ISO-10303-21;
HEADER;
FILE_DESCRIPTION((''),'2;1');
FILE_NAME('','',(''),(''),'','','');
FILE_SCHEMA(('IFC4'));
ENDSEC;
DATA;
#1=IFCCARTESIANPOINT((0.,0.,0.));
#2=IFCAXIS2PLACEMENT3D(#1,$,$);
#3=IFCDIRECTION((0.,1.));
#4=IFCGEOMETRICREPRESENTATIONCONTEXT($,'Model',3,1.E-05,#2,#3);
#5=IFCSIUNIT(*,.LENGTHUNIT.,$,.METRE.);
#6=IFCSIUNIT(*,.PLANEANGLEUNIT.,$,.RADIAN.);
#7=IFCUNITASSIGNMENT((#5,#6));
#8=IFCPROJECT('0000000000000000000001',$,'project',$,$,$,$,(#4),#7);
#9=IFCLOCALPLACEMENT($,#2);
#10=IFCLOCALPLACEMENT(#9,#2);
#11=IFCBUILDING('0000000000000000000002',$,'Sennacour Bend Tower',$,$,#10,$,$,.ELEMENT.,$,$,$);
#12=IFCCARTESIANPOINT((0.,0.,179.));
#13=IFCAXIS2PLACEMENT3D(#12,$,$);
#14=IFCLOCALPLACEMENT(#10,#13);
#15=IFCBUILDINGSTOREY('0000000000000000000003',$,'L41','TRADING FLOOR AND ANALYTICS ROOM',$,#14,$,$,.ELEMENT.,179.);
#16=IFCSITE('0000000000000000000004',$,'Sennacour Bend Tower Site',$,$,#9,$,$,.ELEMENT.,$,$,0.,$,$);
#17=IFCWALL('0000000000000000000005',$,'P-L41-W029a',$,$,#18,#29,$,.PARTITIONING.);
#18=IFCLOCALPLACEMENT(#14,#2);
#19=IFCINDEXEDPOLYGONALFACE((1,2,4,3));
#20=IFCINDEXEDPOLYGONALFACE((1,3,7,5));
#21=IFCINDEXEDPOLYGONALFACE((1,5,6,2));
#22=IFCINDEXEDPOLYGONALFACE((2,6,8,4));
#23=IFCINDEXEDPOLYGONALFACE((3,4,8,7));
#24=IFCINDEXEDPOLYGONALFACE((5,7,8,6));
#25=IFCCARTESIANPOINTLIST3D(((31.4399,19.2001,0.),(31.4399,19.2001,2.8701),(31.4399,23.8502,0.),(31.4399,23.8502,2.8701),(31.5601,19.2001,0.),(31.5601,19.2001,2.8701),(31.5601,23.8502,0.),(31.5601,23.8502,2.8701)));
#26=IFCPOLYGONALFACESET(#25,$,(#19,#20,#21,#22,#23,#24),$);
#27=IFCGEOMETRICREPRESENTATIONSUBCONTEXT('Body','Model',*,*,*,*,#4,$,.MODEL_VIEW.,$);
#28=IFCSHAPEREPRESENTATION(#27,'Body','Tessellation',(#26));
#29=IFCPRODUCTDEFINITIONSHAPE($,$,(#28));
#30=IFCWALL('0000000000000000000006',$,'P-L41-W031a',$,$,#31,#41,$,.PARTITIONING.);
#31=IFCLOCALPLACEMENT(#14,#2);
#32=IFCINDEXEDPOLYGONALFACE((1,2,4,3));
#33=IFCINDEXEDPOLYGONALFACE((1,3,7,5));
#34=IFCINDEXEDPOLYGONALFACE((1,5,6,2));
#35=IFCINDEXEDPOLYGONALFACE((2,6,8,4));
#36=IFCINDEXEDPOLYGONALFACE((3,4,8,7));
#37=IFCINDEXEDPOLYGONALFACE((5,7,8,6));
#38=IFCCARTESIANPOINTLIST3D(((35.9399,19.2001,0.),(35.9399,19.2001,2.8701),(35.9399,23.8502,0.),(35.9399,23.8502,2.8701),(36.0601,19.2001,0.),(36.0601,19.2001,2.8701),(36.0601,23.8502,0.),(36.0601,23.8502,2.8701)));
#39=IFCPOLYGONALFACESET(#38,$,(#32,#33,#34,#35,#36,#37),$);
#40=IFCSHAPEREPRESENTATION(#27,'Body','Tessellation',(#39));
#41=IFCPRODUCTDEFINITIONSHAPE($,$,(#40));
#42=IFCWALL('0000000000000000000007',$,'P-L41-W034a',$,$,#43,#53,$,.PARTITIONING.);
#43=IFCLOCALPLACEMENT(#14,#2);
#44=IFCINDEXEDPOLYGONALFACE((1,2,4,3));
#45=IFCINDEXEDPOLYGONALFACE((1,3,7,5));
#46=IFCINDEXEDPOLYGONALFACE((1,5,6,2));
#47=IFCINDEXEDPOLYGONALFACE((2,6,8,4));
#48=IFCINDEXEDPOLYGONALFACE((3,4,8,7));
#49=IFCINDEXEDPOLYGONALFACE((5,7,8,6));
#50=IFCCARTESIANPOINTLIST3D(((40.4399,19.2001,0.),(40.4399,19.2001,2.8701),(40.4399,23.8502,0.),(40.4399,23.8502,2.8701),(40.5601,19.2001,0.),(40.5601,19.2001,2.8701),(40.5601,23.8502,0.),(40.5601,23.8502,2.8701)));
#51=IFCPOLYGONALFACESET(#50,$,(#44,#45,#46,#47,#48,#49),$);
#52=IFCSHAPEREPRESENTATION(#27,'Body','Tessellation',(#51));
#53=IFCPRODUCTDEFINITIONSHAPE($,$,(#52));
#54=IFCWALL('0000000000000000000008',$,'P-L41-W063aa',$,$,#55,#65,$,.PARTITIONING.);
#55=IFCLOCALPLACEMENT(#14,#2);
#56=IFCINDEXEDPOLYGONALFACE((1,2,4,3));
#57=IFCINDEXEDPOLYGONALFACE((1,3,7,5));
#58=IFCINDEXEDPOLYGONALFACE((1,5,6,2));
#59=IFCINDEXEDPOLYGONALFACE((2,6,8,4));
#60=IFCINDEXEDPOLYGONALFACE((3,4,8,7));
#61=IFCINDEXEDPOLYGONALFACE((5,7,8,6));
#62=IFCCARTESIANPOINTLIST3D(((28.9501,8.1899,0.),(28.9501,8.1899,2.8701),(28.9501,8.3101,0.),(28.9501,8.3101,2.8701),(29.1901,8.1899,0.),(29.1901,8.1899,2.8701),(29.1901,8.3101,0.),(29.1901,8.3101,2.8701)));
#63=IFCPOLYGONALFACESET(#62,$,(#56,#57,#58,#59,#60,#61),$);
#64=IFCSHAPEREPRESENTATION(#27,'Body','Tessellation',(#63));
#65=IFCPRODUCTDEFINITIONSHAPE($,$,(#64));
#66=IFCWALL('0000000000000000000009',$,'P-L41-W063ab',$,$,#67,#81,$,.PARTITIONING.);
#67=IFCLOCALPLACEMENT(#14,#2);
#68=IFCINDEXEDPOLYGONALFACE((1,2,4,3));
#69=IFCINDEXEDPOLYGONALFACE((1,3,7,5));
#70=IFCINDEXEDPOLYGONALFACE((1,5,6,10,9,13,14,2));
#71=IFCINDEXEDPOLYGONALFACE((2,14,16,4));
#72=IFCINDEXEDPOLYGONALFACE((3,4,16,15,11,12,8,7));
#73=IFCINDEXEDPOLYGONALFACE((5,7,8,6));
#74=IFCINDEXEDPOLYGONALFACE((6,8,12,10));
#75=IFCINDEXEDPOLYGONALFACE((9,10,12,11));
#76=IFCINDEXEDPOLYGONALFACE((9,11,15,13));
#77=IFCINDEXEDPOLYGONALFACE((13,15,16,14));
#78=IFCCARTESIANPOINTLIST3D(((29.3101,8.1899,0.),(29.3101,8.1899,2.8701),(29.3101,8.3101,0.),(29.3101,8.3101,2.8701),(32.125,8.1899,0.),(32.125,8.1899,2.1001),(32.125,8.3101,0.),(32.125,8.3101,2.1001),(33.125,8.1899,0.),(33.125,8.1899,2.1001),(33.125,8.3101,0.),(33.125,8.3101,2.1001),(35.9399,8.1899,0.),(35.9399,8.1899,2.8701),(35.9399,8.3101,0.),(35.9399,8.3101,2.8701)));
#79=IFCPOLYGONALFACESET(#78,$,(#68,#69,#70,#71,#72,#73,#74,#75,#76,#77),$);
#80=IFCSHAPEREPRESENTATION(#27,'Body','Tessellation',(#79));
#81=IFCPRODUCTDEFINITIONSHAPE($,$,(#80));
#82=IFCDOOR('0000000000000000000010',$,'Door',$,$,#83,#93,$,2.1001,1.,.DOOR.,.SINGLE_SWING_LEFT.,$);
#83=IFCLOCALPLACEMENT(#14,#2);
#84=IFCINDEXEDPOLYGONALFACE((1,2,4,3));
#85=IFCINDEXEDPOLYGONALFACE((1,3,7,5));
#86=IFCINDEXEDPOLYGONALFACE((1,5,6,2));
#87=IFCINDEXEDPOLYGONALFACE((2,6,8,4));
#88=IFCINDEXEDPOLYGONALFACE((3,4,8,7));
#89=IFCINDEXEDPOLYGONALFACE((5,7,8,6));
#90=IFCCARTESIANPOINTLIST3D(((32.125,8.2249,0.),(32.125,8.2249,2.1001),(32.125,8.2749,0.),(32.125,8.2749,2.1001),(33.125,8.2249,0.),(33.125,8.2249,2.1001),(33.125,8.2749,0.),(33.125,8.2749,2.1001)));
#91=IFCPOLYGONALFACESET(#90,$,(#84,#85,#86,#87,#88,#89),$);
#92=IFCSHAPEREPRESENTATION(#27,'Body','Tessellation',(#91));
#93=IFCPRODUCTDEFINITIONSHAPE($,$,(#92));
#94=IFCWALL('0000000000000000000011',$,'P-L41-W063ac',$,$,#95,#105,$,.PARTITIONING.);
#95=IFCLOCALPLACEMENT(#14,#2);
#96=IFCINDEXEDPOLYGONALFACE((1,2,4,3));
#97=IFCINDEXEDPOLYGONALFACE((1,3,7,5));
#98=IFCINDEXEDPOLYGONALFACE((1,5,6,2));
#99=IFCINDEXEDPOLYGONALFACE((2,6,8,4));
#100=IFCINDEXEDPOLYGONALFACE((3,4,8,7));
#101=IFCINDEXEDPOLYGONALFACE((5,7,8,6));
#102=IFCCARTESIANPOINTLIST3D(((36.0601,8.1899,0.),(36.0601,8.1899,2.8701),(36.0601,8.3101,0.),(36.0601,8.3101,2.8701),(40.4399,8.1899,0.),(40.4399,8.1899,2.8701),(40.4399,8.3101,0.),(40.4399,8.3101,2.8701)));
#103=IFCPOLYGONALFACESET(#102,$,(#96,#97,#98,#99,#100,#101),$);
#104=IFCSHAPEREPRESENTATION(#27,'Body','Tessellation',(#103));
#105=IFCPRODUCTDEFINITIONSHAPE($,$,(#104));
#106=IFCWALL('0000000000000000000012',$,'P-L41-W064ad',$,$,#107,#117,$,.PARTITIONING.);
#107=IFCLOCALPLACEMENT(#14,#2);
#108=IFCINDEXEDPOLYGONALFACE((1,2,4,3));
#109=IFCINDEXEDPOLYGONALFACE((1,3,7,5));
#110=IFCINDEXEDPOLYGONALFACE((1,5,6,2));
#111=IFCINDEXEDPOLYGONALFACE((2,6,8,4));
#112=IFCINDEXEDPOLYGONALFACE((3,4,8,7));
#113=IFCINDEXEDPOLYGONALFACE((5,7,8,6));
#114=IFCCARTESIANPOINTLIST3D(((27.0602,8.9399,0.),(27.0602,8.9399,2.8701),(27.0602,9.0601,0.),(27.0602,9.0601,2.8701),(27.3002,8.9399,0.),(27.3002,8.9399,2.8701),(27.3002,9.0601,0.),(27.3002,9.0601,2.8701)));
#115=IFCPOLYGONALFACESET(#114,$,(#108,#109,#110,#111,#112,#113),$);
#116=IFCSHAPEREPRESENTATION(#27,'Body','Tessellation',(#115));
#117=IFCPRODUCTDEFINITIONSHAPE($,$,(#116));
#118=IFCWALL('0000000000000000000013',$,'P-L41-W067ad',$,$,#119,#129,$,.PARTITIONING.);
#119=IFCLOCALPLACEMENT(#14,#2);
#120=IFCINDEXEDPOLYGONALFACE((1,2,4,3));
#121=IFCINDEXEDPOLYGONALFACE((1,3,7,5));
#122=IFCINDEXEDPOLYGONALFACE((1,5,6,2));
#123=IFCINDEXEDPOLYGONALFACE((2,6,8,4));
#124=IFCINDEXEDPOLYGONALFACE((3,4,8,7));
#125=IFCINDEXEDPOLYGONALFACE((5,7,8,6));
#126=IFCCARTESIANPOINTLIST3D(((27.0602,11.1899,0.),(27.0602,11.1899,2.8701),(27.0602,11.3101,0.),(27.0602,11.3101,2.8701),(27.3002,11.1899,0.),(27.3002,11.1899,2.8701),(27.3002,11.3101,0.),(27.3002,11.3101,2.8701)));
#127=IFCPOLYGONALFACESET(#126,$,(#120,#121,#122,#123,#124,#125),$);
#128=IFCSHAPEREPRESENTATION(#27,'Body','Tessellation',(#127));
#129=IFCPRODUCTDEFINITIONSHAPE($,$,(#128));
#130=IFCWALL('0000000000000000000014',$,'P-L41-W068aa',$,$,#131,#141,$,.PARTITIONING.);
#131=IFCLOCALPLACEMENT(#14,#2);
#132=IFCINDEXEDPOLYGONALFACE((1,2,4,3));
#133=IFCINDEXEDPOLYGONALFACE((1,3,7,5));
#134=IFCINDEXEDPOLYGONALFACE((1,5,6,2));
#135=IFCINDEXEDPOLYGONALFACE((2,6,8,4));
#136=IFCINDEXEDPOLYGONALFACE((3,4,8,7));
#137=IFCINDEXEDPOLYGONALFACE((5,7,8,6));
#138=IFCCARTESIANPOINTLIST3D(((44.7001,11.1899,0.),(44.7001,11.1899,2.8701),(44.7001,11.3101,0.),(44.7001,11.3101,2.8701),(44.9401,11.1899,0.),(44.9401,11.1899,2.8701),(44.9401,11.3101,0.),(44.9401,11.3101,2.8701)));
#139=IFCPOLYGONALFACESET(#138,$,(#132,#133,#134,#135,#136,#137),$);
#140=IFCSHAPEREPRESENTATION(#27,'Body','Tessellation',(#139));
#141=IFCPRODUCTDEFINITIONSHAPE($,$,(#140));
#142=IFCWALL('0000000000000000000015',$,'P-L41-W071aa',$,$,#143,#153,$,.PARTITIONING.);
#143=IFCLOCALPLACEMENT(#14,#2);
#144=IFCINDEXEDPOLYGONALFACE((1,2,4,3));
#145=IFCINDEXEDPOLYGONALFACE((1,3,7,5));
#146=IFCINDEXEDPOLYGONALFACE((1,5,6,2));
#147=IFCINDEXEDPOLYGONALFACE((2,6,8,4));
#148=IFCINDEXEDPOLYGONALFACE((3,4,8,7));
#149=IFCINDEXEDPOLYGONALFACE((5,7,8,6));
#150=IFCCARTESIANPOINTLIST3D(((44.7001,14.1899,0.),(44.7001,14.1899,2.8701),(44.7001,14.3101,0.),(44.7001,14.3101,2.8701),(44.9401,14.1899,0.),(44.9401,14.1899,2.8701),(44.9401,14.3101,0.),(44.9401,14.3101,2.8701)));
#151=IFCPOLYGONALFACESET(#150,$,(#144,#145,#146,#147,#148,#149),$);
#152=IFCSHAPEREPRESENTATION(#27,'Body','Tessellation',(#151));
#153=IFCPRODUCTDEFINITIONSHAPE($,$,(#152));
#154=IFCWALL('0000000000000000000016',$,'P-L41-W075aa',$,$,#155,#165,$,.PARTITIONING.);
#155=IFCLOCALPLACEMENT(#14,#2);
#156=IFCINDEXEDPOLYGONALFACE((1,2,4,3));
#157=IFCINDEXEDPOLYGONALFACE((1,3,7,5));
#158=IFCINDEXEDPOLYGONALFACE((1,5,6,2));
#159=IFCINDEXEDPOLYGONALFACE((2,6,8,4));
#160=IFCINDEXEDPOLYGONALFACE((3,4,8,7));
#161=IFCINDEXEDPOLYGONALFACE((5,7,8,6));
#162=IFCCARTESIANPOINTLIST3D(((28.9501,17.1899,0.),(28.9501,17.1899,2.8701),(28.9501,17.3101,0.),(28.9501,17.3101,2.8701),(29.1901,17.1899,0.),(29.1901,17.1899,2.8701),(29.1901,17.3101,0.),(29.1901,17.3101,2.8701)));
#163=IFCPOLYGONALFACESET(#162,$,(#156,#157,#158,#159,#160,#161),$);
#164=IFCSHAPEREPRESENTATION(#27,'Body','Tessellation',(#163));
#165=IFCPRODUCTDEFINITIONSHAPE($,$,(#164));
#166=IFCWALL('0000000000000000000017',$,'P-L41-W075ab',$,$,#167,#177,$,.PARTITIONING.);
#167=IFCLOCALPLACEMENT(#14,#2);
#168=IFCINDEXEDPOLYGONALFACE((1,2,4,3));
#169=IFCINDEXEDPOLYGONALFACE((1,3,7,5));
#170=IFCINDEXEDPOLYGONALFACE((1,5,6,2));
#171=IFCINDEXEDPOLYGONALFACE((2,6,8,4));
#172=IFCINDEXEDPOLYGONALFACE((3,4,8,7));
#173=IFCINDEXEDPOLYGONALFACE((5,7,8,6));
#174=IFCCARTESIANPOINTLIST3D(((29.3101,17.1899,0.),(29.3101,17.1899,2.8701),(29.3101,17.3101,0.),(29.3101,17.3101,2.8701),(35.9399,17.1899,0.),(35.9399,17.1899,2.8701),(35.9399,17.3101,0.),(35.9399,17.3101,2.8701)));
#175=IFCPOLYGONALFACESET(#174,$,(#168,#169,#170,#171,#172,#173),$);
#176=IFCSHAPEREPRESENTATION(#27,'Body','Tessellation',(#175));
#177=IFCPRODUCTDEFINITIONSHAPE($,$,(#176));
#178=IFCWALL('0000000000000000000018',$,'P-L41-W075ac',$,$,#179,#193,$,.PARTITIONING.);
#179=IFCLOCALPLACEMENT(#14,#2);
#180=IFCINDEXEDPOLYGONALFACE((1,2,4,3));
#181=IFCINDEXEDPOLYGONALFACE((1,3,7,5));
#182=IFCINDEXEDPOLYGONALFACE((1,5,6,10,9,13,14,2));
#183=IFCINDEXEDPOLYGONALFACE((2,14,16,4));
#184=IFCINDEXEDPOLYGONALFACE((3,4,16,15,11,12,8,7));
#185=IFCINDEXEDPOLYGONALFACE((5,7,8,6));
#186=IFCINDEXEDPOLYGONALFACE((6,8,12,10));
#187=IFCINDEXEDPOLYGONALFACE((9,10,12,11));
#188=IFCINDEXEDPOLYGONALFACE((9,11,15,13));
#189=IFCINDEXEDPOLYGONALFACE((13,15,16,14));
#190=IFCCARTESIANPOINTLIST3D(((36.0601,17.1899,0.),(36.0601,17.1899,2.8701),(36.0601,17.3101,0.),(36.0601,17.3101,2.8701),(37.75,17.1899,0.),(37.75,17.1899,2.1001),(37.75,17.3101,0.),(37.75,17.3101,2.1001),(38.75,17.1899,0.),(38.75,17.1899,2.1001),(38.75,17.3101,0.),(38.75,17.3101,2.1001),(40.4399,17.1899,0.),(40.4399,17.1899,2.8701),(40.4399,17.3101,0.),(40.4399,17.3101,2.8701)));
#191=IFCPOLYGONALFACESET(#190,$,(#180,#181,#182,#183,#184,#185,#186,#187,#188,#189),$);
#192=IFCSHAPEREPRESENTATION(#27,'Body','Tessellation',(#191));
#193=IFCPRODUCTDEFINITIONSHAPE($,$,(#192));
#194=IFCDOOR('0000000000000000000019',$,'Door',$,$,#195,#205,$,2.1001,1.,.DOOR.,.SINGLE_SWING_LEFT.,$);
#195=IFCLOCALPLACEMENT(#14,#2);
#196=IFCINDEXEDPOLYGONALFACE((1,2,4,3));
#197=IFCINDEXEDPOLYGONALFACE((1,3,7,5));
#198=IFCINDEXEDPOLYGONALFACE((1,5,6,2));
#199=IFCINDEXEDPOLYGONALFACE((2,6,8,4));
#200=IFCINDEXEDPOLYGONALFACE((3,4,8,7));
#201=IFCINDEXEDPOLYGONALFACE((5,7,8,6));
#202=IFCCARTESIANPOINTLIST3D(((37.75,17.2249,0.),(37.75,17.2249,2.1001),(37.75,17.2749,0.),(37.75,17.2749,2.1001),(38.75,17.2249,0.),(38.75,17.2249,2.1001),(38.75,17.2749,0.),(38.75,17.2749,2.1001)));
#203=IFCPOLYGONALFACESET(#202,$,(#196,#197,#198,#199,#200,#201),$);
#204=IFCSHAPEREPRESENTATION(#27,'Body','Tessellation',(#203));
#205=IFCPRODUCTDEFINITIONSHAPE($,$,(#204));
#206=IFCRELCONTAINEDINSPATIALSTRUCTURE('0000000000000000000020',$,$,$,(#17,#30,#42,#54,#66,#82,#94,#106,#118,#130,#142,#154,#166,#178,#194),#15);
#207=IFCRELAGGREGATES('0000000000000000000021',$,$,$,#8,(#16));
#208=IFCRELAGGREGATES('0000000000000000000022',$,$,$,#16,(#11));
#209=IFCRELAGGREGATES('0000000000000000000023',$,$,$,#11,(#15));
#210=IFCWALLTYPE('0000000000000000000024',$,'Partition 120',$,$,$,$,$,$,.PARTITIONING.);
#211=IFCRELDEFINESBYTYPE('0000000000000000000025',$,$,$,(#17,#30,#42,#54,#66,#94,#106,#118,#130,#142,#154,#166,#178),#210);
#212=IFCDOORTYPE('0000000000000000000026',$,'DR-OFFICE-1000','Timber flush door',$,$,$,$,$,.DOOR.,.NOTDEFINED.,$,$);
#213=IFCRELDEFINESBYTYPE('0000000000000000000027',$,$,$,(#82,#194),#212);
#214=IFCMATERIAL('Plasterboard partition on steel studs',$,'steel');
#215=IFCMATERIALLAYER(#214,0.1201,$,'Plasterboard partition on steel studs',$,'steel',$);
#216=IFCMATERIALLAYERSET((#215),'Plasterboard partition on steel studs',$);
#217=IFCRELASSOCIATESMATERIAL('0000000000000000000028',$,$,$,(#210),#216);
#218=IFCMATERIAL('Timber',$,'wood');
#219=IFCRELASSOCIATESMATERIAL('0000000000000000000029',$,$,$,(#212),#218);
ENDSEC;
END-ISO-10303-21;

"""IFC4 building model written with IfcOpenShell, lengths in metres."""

from ifc_helpers import new_model, si_unit, direction, frame, frame_2d, origin, place, context, subcontext, project, spatial, rectangle, extrude, material, layer, layer_set, type_object, element, fill, save


model = new_model("IFC4")

# Units and contexts
model_context = context("Model", 3, precision=1e-05, world=origin(), true_north=direction((0.0, 1.0)))
body_context = subcontext(model_context, "Body", "Model", "MODEL_VIEW")
ifc_project = project(units=[si_unit("LENGTHUNIT", "METRE"), si_unit("PLANEANGLEUNIT", "RADIAN")], contexts=[model_context])

# Site, building, storey
site_placement = place(None, origin())
site = spatial("IfcSite", under=ifc_project, at=site_placement, Name="Sennacour Bend Tower Site", CompositionType="ELEMENT", RefElevation=0.0)
building_placement = place(site_placement, origin())
building = spatial("IfcBuilding", under=site, at=building_placement, Name="Sennacour Bend Tower", CompositionType="ELEMENT")
storey_placement = place(building_placement, frame((0.0, 0.0, 179.0)))
storey = spatial("IfcBuildingStorey", under=building, at=storey_placement, Name="L41", Description="TRADING FLOOR AND ANALYTICS ROOM", CompositionType="ELEMENT", Elevation=179.0)

# Walls
ifc_material_1 = material(Name="Plasterboard partition on steel studs", Category="steel")
ifc_layer_1 = layer(ifc_material_1, 0.1201, Name="Plasterboard partition on steel studs", Category="steel")
ifc_layer_set_1 = layer_set([ifc_layer_1], Name="Plasterboard partition on steel studs")
wall_type_1 = type_object("IfcWallType", Name="Partition 120", PredefinedType="PARTITIONING", material=ifc_layer_set_1)
for number, where, z_axis, x_axis, name in (
    (1, (31.5, 19.2, 0.0), (0.0, 0.0, 1.0), (0.0, 1.0, 0.0), "P-L41-W029a"),
    (2, (36.0, 19.2, 0.0), (0.0, 0.0, 1.0), (0.0, 1.0, 0.0), "P-L41-W031a"),
    (3, (40.5, 19.2, 0.0), (0.0, 0.0, 1.0), (0.0, 1.0, 0.0), "P-L41-W034a"),
):
    element("IfcWall", number, at=place(storey_placement, frame(where, z_axis=z_axis, x_axis=x_axis)), inside=storey, type_object=wall_type_1, Name=name, PredefinedType="PARTITIONING", context=body_context, shape_type="SweptSolid", body=[
        extrude(rectangle(XDim=4.6501, YDim=0.1201, at=frame_2d((2.3252, 0.0))), origin(), (0.0, 0.0, 1.0), 2.8701),
    ])
wall_1_placement = place(storey_placement, frame((28.95, 8.25, 0.0), z_axis=(0.0, 0.0, 1.0), x_axis=(1.0, 0.0, 0.0)))
element("IfcWall", 4, at=wall_1_placement, inside=storey, type_object=wall_type_1, Name="P-L41-W063aa", PredefinedType="PARTITIONING", context=body_context, shape_type="SweptSolid", body=[
    extrude(rectangle(XDim=0.24, YDim=0.1201, at=frame_2d((0.1201, 0.0))), origin(), (0.0, 0.0, 1.0), 2.8701),
])

# Wall, opening, door
wall_2_placement = place(storey_placement, frame((29.3101, 8.25, 0.0), z_axis=(0.0, 0.0, 1.0), x_axis=(1.0, 0.0, 0.0)))
wall_2 = element("IfcWall", 5, at=wall_2_placement, inside=storey, type_object=wall_type_1, Name="P-L41-W063ab", PredefinedType="PARTITIONING", context=body_context, shape_type="SweptSolid", body=[
    extrude(rectangle(XDim=6.6299, YDim=0.1201, at=frame_2d((3.3149, 0.0))), origin(), (0.0, 0.0, 1.0), 2.8701),
])
opening_1_placement = place(wall_2_placement, frame((2.8149, 0.0, 0.0)))
opening_1 = element("IfcOpeningElement", 6, at=opening_1_placement, cuts=wall_2, PredefinedType="OPENING", context=body_context, shape_type="SweptSolid", body=[
    extrude(rectangle(XDim=1.0, YDim=2.1001, at=frame_2d((0.5, 1.05))), frame((0.0, 0.0701, 0.0), z_axis=(0.0, -1.0, 0.0), x_axis=(1.0, 0.0, 0.0)), (0.0, 0.0, 1.0), 0.1401),
])
ifc_material_2 = material(Name="Timber", Category="wood")
door_type_1 = type_object("IfcDoorType", Name="DR-OFFICE-1000", Description="Timber flush door", OperationType="NOTDEFINED", PredefinedType="DOOR", material=ifc_material_2)
door_1_placement = place(opening_1_placement, origin())
door_1 = element("IfcDoor", 7, at=door_1_placement, inside=storey, type_object=door_type_1, Name="Door", OperationType="SINGLE_SWING_LEFT", OverallHeight=2.1001, OverallWidth=1.0, PredefinedType="DOOR", context=body_context, shape_type="SweptSolid", body=[
    extrude(rectangle(XDim=1.0, YDim=2.1001, at=frame_2d((0.5, 1.05))), frame((0.0, 0.0249, 0.0), z_axis=(0.0, -1.0, 0.0), x_axis=(1.0, 0.0, 0.0)), (0.0, 0.0, 1.0), 0.05),
])
fill(opening_1, door_1)

# Walls
wall_3_placement = place(storey_placement, frame((36.0601, 8.25, 0.0), z_axis=(0.0, 0.0, 1.0), x_axis=(1.0, 0.0, 0.0)))
element("IfcWall", 8, at=wall_3_placement, inside=storey, type_object=wall_type_1, Name="P-L41-W063ac", PredefinedType="PARTITIONING", context=body_context, shape_type="SweptSolid", body=[
    extrude(rectangle(XDim=4.3799, YDim=0.1201, at=frame_2d((2.1899, 0.0))), origin(), (0.0, 0.0, 1.0), 2.8701),
])
for number, where, z_axis, x_axis, name in (
    (9, (27.0601, 9.0, 0.0), (0.0, 0.0, 1.0), (1.0, 0.0, 0.0), "P-L41-W064ad"),
    (10, (27.0601, 11.25, 0.0), (0.0, 0.0, 1.0), (1.0, 0.0, 0.0), "P-L41-W067ad"),
    (11, (44.7, 11.25, 0.0), (0.0, 0.0, 1.0), (1.0, 0.0, 0.0), "P-L41-W068aa"),
    (12, (44.7, 14.25, 0.0), (0.0, 0.0, 1.0), (1.0, 0.0, 0.0), "P-L41-W071aa"),
    (13, (28.95, 17.25, 0.0), (0.0, 0.0, 1.0), (1.0, 0.0, 0.0), "P-L41-W075aa"),
):
    element("IfcWall", number, at=place(storey_placement, frame(where, z_axis=z_axis, x_axis=x_axis)), inside=storey, type_object=wall_type_1, Name=name, PredefinedType="PARTITIONING", context=body_context, shape_type="SweptSolid", body=[
        extrude(rectangle(XDim=0.24, YDim=0.1201, at=frame_2d((0.1201, 0.0))), origin(), (0.0, 0.0, 1.0), 2.8701),
    ])
wall_4_placement = place(storey_placement, frame((29.3101, 17.25, 0.0), z_axis=(0.0, 0.0, 1.0), x_axis=(1.0, 0.0, 0.0)))
element("IfcWall", 14, at=wall_4_placement, inside=storey, type_object=wall_type_1, Name="P-L41-W075ab", PredefinedType="PARTITIONING", context=body_context, shape_type="SweptSolid", body=[
    extrude(rectangle(XDim=6.6299, YDim=0.1201, at=frame_2d((3.3149, 0.0))), origin(), (0.0, 0.0, 1.0), 2.8701),
])

# Wall, opening, door
wall_5_placement = place(storey_placement, frame((36.0601, 17.25, 0.0), z_axis=(0.0, 0.0, 1.0), x_axis=(1.0, 0.0, 0.0)))
wall_5 = element("IfcWall", 15, at=wall_5_placement, inside=storey, type_object=wall_type_1, Name="P-L41-W075ac", PredefinedType="PARTITIONING", context=body_context, shape_type="SweptSolid", body=[
    extrude(rectangle(XDim=4.3799, YDim=0.1201, at=frame_2d((2.1899, 0.0))), origin(), (0.0, 0.0, 1.0), 2.8701),
])
opening_2_placement = place(wall_5_placement, frame((1.6899, 0.0, 0.0)))
opening_2 = element("IfcOpeningElement", 16, at=opening_2_placement, cuts=wall_5, PredefinedType="OPENING", context=body_context, shape_type="SweptSolid", body=[
    extrude(rectangle(XDim=1.0, YDim=2.1001, at=frame_2d((0.5, 1.05))), frame((0.0, 0.0701, 0.0), z_axis=(0.0, -1.0, 0.0), x_axis=(1.0, 0.0, 0.0)), (0.0, 0.0, 1.0), 0.1401),
])
door_2_placement = place(opening_2_placement, origin())
door_2 = element("IfcDoor", 17, at=door_2_placement, inside=storey, type_object=door_type_1, Name="Door", OperationType="SINGLE_SWING_LEFT", OverallHeight=2.1001, OverallWidth=1.0, PredefinedType="DOOR", context=body_context, shape_type="SweptSolid", body=[
    extrude(rectangle(XDim=1.0, YDim=2.1001, at=frame_2d((0.5, 1.05))), frame((0.0, 0.0249, 0.0), z_axis=(0.0, -1.0, 0.0), x_axis=(1.0, 0.0, 0.0)), (0.0, 0.0, 1.0), 0.05),
])
fill(opening_2, door_2)

save(model, "model.ifc")
